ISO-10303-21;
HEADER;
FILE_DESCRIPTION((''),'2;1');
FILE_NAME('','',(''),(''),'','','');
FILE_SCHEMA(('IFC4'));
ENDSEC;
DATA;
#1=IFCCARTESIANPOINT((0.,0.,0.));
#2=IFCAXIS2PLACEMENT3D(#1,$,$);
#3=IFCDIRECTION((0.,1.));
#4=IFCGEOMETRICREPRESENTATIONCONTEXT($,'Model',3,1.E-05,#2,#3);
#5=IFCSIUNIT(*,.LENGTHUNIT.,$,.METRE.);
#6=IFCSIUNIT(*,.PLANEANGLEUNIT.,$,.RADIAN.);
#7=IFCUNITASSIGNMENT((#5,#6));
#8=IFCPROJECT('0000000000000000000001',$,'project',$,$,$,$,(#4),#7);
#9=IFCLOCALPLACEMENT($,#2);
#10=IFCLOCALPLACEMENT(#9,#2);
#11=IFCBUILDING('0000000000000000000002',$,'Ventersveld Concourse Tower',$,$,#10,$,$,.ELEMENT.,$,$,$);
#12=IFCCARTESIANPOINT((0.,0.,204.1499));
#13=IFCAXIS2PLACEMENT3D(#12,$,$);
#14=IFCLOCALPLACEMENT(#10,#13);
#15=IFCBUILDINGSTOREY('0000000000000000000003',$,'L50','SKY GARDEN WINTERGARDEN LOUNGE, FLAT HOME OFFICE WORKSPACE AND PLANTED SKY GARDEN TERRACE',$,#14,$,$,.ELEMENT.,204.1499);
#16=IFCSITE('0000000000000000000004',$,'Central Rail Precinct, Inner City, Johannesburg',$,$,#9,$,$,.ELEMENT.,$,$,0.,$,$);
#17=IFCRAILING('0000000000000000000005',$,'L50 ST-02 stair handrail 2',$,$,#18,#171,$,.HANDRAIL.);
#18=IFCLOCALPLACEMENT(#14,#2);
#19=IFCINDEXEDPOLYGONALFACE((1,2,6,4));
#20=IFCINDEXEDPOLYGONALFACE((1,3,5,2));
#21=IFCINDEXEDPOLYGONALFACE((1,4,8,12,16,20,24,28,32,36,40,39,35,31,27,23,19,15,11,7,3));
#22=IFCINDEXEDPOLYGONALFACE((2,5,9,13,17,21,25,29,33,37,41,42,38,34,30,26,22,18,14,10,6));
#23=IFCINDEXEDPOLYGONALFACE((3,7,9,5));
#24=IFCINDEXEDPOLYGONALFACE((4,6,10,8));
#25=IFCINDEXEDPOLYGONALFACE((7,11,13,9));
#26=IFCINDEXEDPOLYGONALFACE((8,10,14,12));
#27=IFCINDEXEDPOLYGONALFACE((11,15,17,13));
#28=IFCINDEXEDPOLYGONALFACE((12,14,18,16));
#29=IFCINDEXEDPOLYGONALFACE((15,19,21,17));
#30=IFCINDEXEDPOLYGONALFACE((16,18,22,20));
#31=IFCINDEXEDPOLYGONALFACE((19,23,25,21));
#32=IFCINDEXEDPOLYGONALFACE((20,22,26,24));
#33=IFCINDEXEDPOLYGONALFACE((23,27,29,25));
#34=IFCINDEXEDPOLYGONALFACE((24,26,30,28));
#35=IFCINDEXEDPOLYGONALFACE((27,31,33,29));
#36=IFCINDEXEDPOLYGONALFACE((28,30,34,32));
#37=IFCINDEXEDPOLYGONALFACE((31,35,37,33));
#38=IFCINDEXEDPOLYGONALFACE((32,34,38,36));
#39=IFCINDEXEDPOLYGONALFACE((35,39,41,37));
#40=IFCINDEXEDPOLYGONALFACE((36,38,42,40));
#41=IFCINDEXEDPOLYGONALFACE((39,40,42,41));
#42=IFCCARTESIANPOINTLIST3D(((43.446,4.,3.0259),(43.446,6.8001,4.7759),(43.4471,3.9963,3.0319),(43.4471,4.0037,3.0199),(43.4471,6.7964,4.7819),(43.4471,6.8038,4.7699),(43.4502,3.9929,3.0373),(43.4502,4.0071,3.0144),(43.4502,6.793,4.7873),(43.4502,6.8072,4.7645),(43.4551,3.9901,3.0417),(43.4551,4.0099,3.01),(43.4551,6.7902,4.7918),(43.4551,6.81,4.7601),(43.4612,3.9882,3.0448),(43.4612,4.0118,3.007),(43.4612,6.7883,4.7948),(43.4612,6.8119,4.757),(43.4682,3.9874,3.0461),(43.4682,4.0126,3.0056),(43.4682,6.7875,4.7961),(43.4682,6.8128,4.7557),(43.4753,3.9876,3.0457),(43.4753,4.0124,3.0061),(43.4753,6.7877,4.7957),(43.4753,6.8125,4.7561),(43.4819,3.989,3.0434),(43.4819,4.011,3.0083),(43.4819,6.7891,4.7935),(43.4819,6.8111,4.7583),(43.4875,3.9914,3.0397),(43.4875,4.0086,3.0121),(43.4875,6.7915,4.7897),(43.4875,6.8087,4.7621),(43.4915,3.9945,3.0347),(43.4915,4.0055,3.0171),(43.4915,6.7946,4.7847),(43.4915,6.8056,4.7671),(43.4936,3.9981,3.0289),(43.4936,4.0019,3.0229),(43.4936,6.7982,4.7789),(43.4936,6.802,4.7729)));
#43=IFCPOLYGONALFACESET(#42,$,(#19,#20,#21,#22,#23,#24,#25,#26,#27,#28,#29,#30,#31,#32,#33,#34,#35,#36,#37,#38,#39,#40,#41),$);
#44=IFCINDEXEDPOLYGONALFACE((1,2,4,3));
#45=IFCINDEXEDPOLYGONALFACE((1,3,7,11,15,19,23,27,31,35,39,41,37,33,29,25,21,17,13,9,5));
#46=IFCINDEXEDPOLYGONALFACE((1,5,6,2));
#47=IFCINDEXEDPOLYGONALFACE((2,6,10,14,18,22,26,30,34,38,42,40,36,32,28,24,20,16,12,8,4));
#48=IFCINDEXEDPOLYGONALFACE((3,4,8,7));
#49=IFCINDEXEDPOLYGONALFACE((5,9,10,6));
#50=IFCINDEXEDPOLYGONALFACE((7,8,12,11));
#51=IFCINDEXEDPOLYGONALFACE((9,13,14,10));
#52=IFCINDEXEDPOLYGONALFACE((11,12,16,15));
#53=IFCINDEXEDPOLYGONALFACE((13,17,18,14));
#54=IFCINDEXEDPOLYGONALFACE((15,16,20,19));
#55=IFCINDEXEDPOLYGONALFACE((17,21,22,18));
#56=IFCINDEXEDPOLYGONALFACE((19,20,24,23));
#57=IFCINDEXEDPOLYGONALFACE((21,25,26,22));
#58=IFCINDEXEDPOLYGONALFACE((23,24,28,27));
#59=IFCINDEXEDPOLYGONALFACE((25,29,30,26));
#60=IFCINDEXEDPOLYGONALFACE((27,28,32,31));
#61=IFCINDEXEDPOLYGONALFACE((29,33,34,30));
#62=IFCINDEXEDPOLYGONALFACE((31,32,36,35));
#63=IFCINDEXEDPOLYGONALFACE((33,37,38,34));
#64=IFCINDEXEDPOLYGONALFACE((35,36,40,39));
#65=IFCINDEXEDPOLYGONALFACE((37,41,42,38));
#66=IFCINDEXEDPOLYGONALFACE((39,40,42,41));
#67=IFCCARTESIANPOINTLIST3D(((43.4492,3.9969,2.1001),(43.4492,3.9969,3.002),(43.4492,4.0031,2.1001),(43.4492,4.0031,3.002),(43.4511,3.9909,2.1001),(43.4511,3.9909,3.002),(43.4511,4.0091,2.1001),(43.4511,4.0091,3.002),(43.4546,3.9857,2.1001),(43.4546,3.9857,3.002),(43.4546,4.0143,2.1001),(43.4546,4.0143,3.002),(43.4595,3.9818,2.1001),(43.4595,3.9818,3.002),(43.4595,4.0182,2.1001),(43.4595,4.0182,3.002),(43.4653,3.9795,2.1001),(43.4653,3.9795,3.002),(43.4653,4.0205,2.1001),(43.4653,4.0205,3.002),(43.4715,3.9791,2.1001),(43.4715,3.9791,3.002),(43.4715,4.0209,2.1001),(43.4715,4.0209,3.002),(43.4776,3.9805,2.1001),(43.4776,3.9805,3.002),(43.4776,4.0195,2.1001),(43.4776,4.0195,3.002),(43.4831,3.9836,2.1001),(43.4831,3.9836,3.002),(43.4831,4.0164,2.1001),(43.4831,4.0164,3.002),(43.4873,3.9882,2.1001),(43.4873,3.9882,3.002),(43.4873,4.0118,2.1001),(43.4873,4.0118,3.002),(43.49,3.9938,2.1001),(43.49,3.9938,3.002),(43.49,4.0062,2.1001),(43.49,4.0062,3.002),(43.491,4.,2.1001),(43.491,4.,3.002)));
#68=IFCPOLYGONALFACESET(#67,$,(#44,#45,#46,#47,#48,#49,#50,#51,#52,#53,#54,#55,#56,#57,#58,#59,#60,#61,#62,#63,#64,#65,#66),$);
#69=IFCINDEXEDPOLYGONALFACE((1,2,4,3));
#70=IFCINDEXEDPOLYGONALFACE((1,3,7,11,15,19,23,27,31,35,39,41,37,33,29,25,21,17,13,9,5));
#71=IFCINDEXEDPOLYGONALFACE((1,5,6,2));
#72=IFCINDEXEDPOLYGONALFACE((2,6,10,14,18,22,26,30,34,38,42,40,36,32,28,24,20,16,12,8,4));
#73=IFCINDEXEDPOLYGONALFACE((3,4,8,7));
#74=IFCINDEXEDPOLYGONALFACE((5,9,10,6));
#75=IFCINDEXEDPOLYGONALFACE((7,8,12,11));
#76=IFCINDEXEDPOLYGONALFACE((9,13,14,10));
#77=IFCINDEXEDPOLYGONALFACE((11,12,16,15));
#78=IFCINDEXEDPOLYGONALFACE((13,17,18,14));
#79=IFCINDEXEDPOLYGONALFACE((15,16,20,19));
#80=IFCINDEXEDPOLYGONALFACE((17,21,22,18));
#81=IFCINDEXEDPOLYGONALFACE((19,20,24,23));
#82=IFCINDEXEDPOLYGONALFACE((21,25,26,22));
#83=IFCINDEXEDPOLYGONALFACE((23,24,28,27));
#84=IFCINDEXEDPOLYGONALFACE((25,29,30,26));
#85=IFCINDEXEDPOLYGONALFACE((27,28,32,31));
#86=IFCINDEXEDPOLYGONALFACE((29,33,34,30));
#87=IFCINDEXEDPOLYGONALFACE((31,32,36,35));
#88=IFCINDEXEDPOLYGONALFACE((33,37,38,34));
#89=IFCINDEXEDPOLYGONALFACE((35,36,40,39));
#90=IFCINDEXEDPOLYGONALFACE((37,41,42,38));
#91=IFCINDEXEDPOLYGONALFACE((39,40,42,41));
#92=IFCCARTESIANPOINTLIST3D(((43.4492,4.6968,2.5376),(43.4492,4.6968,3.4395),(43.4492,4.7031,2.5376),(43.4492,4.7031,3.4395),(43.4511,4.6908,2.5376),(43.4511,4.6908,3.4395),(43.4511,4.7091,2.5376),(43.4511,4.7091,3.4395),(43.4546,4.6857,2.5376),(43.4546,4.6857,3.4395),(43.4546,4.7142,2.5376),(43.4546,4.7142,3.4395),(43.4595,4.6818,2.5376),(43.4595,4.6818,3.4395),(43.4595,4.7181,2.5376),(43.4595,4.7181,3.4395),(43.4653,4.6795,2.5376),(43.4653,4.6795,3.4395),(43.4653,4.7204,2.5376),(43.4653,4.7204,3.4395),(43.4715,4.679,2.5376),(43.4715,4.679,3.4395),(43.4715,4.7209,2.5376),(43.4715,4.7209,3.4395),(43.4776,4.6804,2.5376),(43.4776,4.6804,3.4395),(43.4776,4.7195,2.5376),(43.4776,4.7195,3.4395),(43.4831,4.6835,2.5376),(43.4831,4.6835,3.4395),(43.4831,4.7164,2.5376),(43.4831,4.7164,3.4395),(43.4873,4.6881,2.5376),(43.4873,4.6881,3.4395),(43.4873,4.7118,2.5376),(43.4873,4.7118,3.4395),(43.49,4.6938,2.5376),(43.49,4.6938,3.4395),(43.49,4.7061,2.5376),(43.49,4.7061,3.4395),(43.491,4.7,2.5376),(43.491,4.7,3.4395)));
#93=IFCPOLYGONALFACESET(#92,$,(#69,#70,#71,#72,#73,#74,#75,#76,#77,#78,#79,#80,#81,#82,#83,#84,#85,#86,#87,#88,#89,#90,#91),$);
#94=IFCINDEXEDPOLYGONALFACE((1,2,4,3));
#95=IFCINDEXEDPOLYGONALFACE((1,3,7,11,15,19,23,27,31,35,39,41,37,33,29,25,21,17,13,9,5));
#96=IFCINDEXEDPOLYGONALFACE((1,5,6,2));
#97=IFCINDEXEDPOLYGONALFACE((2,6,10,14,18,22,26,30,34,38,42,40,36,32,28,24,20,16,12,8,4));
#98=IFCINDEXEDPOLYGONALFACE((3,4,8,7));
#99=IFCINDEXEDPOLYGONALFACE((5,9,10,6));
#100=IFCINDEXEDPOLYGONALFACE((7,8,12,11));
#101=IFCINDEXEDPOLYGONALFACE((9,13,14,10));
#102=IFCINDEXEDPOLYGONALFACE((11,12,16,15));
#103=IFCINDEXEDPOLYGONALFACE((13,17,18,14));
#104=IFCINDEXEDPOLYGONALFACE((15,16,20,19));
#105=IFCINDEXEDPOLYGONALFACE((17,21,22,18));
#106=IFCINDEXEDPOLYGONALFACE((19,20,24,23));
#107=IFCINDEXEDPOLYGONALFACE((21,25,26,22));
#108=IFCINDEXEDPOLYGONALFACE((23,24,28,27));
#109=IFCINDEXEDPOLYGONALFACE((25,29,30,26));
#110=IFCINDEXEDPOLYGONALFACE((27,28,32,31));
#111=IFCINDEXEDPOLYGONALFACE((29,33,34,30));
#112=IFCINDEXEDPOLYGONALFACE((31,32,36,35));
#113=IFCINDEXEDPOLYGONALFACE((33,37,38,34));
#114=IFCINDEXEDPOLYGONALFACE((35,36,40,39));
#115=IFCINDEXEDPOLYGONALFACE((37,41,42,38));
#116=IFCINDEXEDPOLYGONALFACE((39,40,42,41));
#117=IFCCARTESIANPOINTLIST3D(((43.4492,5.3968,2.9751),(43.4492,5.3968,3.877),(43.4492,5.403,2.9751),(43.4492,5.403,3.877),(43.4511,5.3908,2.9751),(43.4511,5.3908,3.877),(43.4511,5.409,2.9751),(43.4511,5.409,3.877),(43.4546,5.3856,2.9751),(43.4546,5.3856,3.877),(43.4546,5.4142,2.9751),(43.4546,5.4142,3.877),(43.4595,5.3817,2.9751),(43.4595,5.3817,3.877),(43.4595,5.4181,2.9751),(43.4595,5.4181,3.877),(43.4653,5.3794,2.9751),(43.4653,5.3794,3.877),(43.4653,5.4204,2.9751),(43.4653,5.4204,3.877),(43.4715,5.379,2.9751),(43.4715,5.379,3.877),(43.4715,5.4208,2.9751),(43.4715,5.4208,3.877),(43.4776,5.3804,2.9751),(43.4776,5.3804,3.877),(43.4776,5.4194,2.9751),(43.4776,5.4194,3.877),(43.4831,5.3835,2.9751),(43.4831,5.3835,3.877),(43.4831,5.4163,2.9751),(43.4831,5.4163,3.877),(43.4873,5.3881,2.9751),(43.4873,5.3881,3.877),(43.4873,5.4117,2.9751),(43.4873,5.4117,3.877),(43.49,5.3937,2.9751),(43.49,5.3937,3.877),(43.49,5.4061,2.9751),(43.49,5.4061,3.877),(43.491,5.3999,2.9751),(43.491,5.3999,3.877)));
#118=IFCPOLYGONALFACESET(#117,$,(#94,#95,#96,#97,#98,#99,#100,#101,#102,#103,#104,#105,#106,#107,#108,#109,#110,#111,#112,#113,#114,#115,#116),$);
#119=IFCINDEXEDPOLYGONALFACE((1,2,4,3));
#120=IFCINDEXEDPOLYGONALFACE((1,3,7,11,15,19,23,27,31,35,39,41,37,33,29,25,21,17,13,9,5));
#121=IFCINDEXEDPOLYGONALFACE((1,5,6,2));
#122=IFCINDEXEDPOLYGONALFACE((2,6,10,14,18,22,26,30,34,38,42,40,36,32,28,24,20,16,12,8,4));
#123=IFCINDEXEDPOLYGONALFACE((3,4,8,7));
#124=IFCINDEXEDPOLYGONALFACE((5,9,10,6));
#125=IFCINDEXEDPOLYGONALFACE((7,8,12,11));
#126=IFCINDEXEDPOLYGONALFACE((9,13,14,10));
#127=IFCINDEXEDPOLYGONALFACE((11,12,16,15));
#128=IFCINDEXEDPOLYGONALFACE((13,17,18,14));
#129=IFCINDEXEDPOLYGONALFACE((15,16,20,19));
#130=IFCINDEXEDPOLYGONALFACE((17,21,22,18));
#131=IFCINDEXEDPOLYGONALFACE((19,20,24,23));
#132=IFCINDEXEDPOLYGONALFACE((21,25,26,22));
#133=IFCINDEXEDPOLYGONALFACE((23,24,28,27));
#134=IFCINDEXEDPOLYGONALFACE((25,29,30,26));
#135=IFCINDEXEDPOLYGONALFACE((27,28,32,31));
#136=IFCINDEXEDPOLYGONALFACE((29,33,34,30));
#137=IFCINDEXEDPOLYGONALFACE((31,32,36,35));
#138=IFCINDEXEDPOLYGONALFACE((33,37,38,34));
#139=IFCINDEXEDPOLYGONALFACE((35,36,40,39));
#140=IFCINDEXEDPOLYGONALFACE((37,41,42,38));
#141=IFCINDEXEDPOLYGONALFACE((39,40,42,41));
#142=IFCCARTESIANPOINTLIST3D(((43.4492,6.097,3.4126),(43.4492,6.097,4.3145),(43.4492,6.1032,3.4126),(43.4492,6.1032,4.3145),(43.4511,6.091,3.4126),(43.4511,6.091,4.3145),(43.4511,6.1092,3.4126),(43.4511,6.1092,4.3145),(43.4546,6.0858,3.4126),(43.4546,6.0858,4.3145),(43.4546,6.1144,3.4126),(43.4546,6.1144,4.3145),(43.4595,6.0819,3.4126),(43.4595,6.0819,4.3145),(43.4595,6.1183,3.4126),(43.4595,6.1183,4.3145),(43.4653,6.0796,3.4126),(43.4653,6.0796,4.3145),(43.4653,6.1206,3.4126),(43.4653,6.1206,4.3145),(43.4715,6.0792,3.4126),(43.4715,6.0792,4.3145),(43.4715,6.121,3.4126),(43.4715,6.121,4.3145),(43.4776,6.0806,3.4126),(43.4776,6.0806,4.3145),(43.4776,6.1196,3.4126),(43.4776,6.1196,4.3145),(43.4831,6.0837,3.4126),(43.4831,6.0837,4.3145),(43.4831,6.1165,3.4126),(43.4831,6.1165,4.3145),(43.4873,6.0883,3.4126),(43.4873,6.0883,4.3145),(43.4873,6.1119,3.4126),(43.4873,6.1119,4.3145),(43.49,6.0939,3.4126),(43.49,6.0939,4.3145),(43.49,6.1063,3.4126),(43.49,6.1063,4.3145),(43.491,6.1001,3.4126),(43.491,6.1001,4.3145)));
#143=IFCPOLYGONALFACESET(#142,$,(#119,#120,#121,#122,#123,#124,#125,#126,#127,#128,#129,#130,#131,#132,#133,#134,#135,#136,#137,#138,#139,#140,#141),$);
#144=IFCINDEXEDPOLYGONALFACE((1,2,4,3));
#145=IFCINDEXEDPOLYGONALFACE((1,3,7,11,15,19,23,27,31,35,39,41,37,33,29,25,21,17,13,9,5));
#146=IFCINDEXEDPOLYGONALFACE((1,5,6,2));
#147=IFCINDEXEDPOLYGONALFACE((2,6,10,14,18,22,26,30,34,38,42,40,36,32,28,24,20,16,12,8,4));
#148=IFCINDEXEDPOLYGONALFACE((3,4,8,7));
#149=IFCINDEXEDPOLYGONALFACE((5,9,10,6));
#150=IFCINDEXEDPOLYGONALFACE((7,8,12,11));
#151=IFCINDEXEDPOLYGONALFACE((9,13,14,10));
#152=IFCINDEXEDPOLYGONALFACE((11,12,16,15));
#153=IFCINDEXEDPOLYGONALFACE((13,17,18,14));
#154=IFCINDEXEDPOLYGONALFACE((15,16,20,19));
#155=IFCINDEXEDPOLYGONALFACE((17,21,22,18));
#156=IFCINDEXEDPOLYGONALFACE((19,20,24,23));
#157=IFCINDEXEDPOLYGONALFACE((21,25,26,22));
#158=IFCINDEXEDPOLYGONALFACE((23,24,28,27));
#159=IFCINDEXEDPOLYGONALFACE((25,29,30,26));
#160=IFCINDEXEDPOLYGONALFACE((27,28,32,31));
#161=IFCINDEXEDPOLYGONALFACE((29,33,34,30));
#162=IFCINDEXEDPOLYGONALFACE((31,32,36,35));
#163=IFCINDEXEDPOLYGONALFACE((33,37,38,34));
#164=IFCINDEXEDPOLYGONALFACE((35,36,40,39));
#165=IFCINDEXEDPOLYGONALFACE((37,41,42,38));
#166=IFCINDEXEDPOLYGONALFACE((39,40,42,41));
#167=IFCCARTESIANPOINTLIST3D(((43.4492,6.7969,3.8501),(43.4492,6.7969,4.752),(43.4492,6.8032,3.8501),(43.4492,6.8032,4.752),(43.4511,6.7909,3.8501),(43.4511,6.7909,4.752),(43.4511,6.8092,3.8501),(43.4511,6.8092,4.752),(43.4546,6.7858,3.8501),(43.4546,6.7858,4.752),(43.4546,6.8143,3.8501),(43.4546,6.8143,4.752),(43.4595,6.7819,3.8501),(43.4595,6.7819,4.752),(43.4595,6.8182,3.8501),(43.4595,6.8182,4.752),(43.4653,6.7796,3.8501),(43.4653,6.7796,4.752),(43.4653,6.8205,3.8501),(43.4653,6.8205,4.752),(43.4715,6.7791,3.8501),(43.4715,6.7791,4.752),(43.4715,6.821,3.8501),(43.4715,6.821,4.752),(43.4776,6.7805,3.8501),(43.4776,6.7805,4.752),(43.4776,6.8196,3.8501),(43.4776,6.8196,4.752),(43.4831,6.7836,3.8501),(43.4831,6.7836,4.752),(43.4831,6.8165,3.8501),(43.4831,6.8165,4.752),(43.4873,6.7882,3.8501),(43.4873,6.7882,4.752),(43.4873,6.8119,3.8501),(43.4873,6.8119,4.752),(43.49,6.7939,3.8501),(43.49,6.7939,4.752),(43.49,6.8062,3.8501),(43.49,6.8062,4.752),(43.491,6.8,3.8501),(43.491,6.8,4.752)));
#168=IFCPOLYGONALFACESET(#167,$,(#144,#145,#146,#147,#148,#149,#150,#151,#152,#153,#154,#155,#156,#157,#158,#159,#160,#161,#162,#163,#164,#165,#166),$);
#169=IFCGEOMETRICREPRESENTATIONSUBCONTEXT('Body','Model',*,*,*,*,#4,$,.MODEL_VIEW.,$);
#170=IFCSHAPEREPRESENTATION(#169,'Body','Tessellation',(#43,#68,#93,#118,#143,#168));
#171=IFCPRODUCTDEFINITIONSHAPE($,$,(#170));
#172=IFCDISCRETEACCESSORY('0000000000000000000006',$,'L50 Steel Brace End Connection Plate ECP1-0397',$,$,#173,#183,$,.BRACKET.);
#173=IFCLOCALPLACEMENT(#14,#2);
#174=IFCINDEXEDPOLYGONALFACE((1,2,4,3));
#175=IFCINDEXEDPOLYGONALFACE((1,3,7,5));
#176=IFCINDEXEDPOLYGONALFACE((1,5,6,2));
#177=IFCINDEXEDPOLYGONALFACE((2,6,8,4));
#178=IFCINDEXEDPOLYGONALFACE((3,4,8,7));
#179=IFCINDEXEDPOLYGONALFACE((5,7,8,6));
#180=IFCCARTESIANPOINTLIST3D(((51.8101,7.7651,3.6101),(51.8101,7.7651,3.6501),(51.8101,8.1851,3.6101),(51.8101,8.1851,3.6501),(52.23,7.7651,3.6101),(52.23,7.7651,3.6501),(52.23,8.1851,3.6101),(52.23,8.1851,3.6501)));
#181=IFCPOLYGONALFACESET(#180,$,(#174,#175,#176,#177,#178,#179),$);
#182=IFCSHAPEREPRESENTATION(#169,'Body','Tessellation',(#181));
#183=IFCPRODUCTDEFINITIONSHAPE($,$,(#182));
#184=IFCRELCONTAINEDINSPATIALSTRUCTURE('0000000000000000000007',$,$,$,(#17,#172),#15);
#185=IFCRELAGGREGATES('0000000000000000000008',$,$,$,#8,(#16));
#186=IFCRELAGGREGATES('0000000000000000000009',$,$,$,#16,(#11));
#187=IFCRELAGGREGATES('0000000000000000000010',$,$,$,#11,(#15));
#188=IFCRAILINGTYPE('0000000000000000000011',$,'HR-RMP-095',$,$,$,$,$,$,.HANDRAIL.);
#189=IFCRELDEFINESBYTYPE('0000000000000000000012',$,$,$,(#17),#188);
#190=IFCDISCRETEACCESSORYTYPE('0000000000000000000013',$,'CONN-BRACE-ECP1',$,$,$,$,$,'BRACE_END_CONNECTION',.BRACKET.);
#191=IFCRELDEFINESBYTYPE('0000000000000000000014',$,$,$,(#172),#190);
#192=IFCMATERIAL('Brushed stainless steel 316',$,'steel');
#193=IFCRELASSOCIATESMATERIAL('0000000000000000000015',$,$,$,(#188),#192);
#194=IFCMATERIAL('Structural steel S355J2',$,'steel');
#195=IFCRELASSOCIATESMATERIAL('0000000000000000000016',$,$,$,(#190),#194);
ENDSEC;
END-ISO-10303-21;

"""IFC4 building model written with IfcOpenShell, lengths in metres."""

from ifc_helpers import new_model, si_unit, direction, frame, origin, origin_2d, place, context, subcontext, project, spatial, rectangle, circle, extrude, material, type_object, element, save


model = new_model("IFC4")

# Units and contexts
model_context = context("Model", 3, precision=1e-05, world=origin(), true_north=direction((0.0, 1.0)))
body_context = subcontext(model_context, "Body", "Model", "MODEL_VIEW")
ifc_project = project(units=[si_unit("LENGTHUNIT", "METRE"), si_unit("PLANEANGLEUNIT", "RADIAN")], contexts=[model_context])

# Site, building, storey
site_placement = place(None, origin())
site = spatial("IfcSite", under=ifc_project, at=site_placement, Name="Central Rail Precinct, Inner City, Johannesburg", CompositionType="ELEMENT", RefElevation=0.0)
building_placement = place(site_placement, origin())
building = spatial("IfcBuilding", under=site, at=building_placement, Name="Ventersveld Concourse Tower", CompositionType="ELEMENT")
storey_placement = place(building_placement, frame((0.0, 0.0, 204.1499)))
storey = spatial("IfcBuildingStorey", under=building, at=storey_placement, Name="L50", Description="SKY GARDEN WINTERGARDEN LOUNGE, FLAT HOME OFFICE WORKSPACE AND PLANTED SKY GARDEN TERRACE", CompositionType="ELEMENT", Elevation=204.1499)

# Shared definitions
ifc_material_1 = material(Name="Structural steel S355J2", Category="steel")

# Railing
ifc_material_2 = material(Name="Brushed stainless steel 316", Category="steel")
railing_type = type_object("IfcRailingType", Name="HR-RMP-095", PredefinedType="HANDRAIL", material=ifc_material_2)
railing_placement = place(storey_placement, frame((43.47, 4.0, 2.1001)))
element("IfcRailing", 1, at=railing_placement, inside=storey, type_object=railing_type, Name="L50 ST-02 stair handrail 2", PredefinedType="HANDRAIL", context=body_context, shape_type="SweptSolid", body=[
    extrude(circle(Radius=0.0239, at=origin_2d()), frame((0.0, 0.0, 0.9258), z_axis=(0.0, 0.848002, 0.529992), x_axis=(-1.0, 0.0, 0.0)), (0.0, 0.0, 1.0), 3.302),
    extrude(circle(Radius=0.021, at=origin_2d()), origin(), (0.0, 0.0, 1.0), 0.9019),
    extrude(circle(Radius=0.021, at=origin_2d()), frame((0.0, 0.7, 0.4375)), (0.0, 0.0, 1.0), 0.9019),
    extrude(circle(Radius=0.021, at=origin_2d()), frame((0.0, 1.3999, 0.875)), (0.0, 0.0, 1.0), 0.9019),
    extrude(circle(Radius=0.021, at=origin_2d()), frame((0.0, 2.1001, 1.3125)), (0.0, 0.0, 1.0), 0.9019),
    extrude(circle(Radius=0.021, at=origin_2d()), frame((0.0, 2.8, 1.75)), (0.0, 0.0, 1.0), 0.9019),
])

# Discrete accessory
discrete_accessory_type = type_object("IfcDiscreteAccessoryType", Name="CONN-BRACE-ECP1", ElementType="BRACE_END_CONNECTION", PredefinedType="BRACKET", material=ifc_material_1)
discrete_accessory_placement = place(storey_placement, frame((52.02, 7.9751, 3.6101), z_axis=(0.0, 0.0, 1.0), x_axis=(1.0, 0.0, 0.0)))
element("IfcDiscreteAccessory", 2, at=discrete_accessory_placement, inside=storey, type_object=discrete_accessory_type, Name="L50 Steel Brace End Connection Plate ECP1-0397", PredefinedType="BRACKET", context=body_context, shape_type="SweptSolid", body=[
    extrude(rectangle(XDim=0.4199, YDim=0.4199, at=origin_2d()), origin(), (0.0, 0.0, 1.0), 0.04),
])

save(model, "model.ifc")
